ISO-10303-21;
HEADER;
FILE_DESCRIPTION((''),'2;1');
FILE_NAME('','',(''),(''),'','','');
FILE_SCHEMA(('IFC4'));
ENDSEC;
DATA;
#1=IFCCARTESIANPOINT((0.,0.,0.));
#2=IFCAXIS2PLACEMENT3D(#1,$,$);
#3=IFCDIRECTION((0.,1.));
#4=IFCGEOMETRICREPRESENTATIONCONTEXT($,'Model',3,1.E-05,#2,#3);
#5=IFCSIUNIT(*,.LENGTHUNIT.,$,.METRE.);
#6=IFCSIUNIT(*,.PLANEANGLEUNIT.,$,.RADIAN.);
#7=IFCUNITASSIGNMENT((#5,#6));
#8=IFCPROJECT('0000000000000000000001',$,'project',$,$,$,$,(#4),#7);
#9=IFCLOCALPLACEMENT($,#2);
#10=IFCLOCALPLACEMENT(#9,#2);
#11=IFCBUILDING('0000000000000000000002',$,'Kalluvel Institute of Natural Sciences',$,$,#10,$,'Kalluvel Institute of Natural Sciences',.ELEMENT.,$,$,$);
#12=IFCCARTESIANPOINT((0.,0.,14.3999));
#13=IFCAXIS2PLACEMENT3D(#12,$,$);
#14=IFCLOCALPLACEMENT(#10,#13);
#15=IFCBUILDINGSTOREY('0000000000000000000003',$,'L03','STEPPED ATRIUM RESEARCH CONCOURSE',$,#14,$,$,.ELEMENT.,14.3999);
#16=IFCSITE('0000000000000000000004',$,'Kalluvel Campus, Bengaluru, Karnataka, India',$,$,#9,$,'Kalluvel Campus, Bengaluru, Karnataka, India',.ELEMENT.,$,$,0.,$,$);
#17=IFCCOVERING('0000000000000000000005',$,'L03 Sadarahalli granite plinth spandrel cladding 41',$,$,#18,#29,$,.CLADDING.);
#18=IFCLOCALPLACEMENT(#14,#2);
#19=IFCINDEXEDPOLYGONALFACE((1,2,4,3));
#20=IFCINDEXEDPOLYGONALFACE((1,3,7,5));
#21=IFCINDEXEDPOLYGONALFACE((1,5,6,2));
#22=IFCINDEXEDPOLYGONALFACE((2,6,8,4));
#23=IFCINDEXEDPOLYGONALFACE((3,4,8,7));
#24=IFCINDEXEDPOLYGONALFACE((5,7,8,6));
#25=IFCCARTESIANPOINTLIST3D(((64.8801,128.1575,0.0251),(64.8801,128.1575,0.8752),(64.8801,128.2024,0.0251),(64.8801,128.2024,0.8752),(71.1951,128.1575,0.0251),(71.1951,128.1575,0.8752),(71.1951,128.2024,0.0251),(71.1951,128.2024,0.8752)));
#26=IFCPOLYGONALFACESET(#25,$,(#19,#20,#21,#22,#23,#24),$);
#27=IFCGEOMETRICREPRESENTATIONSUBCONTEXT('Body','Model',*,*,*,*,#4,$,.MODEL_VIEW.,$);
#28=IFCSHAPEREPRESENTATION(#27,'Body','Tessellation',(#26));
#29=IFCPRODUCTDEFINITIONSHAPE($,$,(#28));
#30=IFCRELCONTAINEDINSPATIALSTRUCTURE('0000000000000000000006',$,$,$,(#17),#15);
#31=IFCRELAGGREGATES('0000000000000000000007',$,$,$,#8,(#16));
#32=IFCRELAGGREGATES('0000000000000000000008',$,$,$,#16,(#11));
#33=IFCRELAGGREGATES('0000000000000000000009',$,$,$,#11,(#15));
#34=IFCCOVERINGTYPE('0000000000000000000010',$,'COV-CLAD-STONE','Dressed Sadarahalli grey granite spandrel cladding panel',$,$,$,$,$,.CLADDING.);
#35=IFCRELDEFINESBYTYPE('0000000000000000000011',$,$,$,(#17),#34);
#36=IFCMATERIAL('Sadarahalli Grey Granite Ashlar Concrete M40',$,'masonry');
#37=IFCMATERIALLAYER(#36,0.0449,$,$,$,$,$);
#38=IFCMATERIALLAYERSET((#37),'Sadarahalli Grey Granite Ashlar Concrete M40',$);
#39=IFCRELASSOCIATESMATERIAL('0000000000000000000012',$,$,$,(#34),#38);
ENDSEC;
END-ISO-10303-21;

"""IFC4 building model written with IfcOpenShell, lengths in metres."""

from ifc_helpers import new_model, si_unit, direction, frame, origin, origin_2d, place, context, subcontext, project, spatial, rectangle, extrude, material, layer, layer_set, type_object, element, save


model = new_model("IFC4")

# Units and contexts
model_context = context("Model", 3, precision=1e-05, world=origin(), true_north=direction((0.0, 1.0)))
body_context = subcontext(model_context, "Body", "Model", "MODEL_VIEW")
ifc_project = project(units=[si_unit("LENGTHUNIT", "METRE"), si_unit("PLANEANGLEUNIT", "RADIAN")], contexts=[model_context])

# Site, building, storey
site_placement = place(None, origin())
site = spatial("IfcSite", under=ifc_project, at=site_placement, Name="Kalluvel Campus, Bengaluru, Karnataka, India", LongName="Kalluvel Campus, Bengaluru, Karnataka, India", CompositionType="ELEMENT", RefElevation=0.0)
building_placement = place(site_placement, origin())
building = spatial("IfcBuilding", under=site, at=building_placement, Name="Kalluvel Institute of Natural Sciences", LongName="Kalluvel Institute of Natural Sciences", CompositionType="ELEMENT")
storey_placement = place(building_placement, frame((0.0, 0.0, 14.3999)))
storey = spatial("IfcBuildingStorey", under=building, at=storey_placement, Name="L03", Description="STEPPED ATRIUM RESEARCH CONCOURSE", CompositionType="ELEMENT", Elevation=14.3999)

# Shared definitions
ifc_material_1 = material(Name="Sadarahalli Grey Granite Ashlar Concrete M40", Category="masonry")

# Covering
ifc_layer_1 = layer(ifc_material_1, 0.0449)
ifc_layer_set_1 = layer_set([ifc_layer_1], Name="Sadarahalli Grey Granite Ashlar Concrete M40")
covering_type = type_object("IfcCoveringType", Name="COV-CLAD-STONE", Description="Dressed Sadarahalli grey granite spandrel cladding panel", PredefinedType="CLADDING", material=ifc_layer_set_1)
covering_1_placement = place(storey_placement, frame((68.0376, 128.1799, 0.0251), z_axis=(0.0, 0.0, 1.0), x_axis=(1.0, 0.0, 0.0)))
element("IfcCovering", 1, at=covering_1_placement, inside=storey, type_object=covering_type, Name="L03 Sadarahalli granite plinth spandrel cladding 41", PredefinedType="CLADDING", context=body_context, shape_type="SweptSolid", body=[
    extrude(rectangle(XDim=6.3149, YDim=0.0449, at=origin_2d()), origin(), (0.0, 0.0, 1.0), 0.8501),
])

save(model, "model.ifc")
